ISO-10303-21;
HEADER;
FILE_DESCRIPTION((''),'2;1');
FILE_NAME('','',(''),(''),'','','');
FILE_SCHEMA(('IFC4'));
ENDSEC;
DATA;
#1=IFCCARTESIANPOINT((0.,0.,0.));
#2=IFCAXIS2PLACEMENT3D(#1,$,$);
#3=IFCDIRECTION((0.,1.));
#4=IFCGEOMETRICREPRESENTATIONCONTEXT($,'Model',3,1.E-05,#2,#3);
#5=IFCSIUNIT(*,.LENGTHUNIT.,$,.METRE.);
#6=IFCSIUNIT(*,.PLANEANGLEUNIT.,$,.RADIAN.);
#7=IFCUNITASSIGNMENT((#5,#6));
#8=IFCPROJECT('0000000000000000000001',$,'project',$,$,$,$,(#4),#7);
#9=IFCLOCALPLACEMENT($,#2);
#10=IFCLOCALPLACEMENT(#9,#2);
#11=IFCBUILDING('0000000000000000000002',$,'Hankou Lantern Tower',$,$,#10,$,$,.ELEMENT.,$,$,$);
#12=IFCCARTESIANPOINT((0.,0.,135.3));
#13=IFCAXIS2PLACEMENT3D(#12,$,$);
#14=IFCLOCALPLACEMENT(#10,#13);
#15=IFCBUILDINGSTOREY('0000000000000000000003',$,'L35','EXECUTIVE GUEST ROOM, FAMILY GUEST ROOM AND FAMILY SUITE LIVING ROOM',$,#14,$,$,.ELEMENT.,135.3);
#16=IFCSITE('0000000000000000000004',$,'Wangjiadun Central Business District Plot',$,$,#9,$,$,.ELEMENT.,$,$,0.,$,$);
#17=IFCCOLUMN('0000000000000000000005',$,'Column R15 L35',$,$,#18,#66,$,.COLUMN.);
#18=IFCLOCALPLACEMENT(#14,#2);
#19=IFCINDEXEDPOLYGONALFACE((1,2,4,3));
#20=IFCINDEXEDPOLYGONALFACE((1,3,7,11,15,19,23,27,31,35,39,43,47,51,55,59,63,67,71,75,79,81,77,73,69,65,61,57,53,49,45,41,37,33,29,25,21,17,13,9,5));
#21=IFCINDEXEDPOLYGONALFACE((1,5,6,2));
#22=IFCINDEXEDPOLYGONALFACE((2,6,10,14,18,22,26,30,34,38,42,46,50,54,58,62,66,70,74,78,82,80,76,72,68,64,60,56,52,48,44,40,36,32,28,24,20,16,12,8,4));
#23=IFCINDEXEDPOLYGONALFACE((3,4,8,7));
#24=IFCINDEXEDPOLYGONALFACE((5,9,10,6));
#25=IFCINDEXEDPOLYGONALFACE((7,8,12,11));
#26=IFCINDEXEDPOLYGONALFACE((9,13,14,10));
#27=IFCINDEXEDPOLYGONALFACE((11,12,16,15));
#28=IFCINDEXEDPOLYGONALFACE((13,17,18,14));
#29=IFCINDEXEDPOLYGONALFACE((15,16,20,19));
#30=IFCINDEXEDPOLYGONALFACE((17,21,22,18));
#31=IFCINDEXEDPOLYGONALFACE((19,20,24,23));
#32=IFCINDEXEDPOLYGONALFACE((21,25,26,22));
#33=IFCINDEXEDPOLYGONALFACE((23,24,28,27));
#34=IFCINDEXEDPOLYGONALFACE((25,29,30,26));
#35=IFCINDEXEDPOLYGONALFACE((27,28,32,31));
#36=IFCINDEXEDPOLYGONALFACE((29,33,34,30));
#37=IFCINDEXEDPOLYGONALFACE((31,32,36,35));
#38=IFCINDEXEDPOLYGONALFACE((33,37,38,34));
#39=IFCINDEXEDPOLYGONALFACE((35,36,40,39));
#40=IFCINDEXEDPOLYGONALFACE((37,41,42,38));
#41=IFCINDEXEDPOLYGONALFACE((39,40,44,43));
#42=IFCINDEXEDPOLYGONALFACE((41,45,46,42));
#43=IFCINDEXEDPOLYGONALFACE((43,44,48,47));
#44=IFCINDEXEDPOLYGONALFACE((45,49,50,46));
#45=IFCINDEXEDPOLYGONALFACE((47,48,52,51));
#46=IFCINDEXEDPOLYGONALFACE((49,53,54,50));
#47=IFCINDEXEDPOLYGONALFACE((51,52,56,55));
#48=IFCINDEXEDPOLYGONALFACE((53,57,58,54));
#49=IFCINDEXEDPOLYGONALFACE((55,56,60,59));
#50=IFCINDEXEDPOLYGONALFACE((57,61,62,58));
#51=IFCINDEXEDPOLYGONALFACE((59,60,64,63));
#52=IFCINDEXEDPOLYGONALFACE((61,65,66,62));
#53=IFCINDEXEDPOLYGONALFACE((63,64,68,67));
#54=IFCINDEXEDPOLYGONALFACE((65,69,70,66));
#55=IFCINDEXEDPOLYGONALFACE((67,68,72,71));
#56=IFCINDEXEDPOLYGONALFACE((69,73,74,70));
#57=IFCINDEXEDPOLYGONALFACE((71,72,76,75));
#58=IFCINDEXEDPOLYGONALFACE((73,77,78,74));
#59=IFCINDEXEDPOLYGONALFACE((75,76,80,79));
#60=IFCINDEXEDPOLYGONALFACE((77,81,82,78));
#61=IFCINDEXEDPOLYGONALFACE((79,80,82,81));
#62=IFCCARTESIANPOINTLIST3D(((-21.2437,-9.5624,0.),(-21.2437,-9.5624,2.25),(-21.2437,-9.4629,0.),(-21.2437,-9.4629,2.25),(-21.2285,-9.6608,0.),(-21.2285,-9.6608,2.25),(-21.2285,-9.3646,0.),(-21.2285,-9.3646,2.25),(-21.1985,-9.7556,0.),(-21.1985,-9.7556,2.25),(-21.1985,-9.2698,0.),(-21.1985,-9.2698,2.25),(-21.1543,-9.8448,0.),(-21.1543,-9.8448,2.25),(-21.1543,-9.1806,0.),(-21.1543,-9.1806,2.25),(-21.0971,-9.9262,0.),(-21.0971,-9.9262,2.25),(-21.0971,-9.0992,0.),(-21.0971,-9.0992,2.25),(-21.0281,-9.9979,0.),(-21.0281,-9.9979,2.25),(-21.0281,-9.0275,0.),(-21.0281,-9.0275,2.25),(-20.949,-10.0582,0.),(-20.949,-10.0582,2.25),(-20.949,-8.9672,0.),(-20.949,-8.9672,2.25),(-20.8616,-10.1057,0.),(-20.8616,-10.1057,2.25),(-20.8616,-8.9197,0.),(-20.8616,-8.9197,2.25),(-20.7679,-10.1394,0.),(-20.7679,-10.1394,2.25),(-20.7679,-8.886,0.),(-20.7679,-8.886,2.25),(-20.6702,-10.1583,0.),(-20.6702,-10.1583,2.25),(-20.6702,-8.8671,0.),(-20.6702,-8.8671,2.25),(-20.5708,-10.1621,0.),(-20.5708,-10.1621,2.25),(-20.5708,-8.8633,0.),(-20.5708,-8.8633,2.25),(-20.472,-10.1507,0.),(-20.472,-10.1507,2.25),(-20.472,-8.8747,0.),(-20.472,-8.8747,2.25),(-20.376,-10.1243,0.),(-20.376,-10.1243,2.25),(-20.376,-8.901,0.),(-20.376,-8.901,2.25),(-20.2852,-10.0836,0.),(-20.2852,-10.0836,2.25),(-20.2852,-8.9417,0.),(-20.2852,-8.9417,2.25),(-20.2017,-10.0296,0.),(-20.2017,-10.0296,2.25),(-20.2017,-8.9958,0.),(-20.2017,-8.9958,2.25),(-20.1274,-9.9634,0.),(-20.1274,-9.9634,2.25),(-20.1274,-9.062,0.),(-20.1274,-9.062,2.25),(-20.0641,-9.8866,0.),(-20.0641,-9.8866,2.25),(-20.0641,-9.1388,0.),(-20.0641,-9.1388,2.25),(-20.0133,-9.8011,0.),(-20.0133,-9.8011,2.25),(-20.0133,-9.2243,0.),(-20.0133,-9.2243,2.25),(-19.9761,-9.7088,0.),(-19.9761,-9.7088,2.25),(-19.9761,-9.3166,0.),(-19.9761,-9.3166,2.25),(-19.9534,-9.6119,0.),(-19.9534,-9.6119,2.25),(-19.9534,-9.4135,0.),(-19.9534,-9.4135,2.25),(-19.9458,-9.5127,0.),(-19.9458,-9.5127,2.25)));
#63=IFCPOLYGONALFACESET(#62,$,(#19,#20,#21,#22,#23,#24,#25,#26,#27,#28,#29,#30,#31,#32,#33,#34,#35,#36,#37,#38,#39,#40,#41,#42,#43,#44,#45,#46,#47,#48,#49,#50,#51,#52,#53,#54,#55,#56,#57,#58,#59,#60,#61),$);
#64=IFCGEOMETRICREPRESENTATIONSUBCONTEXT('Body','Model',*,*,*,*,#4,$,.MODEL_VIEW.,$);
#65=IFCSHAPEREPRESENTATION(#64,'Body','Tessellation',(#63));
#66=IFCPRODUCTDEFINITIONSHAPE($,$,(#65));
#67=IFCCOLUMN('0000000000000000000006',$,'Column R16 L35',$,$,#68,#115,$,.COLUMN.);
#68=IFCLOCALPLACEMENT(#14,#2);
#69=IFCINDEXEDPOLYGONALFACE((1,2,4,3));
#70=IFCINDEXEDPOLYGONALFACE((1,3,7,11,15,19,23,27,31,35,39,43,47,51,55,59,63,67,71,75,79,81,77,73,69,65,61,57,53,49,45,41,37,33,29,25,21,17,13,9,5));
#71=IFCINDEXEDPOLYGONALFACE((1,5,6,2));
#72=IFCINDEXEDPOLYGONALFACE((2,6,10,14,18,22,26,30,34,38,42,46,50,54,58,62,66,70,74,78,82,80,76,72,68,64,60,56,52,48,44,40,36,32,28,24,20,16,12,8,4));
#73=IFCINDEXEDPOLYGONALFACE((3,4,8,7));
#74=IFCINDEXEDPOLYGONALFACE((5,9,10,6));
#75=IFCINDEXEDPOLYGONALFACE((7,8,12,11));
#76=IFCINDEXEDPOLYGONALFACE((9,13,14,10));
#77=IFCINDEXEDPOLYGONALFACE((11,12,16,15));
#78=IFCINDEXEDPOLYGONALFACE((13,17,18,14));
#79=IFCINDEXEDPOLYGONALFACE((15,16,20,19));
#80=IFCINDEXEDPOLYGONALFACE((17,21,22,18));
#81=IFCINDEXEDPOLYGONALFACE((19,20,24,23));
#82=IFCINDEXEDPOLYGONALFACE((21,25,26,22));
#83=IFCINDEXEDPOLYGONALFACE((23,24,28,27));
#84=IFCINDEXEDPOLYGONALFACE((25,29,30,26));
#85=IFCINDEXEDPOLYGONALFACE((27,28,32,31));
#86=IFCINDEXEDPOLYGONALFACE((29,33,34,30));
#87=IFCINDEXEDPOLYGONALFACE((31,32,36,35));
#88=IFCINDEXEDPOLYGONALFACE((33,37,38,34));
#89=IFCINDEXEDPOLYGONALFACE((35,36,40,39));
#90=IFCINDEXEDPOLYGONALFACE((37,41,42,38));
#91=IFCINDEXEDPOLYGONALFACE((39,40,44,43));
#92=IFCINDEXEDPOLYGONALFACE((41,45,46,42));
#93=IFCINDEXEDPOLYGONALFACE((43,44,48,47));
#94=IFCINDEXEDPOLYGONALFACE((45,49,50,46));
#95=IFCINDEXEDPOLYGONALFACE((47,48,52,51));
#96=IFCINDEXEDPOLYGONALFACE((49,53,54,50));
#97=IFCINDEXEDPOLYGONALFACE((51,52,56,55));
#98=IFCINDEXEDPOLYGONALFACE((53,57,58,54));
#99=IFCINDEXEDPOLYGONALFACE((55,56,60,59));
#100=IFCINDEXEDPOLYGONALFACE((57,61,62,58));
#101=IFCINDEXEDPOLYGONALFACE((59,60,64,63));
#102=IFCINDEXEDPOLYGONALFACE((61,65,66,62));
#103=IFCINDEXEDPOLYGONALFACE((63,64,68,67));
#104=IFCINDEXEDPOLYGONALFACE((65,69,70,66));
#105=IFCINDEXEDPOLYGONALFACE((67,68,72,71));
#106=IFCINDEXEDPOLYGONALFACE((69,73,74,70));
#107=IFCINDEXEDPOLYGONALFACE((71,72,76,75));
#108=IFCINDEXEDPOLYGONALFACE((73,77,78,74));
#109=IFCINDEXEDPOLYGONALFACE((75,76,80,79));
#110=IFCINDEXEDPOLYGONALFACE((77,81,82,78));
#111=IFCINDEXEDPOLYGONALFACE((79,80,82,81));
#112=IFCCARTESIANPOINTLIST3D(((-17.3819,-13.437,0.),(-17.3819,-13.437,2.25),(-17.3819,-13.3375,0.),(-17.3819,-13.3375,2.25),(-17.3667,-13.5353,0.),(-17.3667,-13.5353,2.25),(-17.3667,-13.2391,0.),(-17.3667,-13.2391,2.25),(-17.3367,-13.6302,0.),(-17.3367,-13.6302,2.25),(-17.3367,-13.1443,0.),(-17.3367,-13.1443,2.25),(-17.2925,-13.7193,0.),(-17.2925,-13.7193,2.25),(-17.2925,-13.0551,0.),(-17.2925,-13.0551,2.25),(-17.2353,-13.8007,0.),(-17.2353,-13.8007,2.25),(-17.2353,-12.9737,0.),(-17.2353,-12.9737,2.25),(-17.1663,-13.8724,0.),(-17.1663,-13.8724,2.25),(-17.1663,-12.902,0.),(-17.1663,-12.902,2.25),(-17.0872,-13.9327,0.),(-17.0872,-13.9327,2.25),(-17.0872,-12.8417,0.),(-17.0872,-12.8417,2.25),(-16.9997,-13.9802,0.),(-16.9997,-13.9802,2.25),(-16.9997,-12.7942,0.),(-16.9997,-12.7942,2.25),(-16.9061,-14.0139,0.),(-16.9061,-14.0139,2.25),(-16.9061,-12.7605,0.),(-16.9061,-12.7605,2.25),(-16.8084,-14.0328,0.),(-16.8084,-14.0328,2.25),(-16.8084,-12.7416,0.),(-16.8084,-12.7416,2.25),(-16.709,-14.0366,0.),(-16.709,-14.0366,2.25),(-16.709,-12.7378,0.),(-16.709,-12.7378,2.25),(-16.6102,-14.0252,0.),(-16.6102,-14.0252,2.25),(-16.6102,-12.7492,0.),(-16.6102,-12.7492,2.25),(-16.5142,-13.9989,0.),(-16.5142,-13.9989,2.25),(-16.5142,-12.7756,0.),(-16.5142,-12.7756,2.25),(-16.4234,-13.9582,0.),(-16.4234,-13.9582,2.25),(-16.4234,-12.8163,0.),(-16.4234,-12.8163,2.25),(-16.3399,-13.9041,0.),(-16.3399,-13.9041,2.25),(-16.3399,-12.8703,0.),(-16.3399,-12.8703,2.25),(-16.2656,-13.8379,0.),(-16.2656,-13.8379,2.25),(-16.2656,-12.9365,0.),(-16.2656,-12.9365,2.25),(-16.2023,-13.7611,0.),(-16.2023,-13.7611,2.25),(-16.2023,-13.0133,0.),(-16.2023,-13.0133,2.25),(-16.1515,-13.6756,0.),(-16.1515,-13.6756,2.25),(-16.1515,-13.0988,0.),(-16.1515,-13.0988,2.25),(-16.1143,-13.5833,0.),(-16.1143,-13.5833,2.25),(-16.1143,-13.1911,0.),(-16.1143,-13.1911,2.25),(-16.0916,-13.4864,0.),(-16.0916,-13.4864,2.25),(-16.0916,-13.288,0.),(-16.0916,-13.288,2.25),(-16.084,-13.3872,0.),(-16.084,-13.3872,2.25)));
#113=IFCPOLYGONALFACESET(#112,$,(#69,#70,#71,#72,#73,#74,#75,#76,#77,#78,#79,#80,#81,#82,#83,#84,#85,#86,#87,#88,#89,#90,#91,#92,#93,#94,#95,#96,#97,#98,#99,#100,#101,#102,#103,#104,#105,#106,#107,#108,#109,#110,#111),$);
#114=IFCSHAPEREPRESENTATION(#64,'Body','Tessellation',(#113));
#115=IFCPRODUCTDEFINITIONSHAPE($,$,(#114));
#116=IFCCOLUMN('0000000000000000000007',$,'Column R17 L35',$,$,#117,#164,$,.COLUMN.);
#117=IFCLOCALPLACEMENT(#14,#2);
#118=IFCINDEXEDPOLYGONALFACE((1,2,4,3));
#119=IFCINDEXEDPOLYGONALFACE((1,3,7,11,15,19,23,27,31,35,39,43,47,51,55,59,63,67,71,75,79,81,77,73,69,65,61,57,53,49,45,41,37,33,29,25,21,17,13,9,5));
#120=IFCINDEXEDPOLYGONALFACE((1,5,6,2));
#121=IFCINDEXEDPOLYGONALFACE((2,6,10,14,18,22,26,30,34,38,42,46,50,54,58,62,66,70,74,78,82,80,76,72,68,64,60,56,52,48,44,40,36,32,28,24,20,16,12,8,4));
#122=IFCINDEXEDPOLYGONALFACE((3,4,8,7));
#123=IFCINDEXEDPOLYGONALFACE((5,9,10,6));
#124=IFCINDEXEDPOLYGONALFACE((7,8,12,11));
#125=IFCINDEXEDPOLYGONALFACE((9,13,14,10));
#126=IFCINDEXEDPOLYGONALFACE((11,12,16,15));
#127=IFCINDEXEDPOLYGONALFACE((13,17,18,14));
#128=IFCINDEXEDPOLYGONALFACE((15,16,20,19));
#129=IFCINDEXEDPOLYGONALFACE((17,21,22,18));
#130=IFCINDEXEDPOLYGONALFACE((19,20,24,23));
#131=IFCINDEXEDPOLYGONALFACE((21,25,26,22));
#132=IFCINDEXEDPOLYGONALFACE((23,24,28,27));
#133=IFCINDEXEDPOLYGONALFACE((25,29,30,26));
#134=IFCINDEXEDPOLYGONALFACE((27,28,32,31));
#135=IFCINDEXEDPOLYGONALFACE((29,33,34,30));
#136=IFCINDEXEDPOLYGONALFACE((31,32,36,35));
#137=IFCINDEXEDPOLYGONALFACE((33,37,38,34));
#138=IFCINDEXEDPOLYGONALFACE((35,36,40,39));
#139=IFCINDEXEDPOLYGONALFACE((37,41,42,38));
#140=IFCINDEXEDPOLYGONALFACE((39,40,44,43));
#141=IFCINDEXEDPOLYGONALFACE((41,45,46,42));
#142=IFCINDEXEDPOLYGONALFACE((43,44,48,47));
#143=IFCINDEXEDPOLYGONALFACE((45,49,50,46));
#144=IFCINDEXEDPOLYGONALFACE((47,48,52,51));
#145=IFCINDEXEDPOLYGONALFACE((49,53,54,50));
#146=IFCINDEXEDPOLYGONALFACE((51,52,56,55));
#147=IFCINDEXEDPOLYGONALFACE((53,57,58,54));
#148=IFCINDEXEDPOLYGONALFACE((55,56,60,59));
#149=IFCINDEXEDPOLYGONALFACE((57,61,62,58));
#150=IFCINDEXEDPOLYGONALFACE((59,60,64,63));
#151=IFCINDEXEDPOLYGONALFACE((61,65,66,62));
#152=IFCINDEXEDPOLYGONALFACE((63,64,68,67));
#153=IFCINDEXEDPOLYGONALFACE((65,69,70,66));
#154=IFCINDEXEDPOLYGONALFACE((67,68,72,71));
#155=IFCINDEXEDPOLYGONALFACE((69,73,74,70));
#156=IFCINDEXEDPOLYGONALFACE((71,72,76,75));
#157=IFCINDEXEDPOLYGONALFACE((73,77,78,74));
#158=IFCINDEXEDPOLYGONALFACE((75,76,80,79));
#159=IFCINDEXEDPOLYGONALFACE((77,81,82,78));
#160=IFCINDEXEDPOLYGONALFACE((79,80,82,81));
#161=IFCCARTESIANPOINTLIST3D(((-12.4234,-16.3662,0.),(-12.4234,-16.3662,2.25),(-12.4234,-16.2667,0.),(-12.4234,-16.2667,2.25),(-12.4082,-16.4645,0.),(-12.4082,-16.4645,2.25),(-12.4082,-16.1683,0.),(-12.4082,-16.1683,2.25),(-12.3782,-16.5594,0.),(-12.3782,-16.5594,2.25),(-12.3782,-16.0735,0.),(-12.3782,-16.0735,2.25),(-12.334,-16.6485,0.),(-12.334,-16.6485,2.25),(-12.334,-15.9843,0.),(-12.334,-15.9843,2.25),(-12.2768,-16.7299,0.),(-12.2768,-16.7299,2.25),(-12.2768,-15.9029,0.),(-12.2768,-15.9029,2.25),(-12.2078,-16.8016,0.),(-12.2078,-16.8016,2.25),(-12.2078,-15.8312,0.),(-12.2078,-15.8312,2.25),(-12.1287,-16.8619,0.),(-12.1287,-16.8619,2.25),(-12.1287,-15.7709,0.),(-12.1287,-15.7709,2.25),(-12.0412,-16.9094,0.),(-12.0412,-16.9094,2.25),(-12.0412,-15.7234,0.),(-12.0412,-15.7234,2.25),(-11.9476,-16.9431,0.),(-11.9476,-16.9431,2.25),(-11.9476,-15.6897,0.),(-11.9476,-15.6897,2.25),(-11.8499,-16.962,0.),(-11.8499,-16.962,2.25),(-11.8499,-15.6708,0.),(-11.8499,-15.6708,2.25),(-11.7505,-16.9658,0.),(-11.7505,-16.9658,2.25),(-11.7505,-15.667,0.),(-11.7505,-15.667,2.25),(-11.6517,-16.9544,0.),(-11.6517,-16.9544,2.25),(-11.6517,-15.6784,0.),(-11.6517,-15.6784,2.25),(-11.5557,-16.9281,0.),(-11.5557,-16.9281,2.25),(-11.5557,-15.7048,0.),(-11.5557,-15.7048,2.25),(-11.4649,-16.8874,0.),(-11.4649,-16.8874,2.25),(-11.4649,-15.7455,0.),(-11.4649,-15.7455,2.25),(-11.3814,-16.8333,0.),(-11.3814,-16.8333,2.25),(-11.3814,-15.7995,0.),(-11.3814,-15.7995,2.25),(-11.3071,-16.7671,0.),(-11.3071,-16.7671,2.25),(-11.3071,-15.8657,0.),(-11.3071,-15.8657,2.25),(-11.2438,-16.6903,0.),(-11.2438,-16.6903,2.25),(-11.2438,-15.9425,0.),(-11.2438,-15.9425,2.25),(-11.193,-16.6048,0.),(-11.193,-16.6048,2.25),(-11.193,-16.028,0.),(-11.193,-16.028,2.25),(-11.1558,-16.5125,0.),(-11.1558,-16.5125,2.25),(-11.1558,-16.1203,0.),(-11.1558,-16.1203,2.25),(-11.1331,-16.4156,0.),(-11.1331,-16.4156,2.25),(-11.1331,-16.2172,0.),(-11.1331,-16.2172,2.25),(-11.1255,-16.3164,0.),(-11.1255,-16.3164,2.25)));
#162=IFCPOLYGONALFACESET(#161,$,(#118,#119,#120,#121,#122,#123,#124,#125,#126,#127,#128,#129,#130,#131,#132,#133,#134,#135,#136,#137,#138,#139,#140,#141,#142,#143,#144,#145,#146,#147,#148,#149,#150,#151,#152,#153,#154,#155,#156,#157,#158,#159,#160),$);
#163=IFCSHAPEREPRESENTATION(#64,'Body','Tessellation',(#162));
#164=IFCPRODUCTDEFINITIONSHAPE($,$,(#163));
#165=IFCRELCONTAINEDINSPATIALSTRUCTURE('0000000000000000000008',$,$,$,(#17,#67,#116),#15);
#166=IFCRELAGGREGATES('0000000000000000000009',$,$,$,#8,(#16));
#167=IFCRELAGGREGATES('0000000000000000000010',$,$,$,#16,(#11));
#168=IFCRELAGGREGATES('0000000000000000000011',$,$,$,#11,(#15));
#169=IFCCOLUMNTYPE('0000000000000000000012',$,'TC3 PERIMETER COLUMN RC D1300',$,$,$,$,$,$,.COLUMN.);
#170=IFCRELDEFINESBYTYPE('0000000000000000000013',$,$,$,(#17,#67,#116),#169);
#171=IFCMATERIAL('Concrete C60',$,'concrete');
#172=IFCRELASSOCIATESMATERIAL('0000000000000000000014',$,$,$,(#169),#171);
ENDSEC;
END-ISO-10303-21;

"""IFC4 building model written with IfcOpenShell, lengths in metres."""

from ifc_helpers import new_model, si_unit, direction, frame, origin, origin_2d, place, context, subcontext, project, spatial, circle, extrude, clip, halfspace, material, material_profile, profile_set, type_object, element, save


model = new_model("IFC4")

# Units and contexts
model_context = context("Model", 3, precision=1e-05, world=origin(), true_north=direction((0.0, 1.0)))
body_context = subcontext(model_context, "Body", "Model", "MODEL_VIEW")
ifc_project = project(units=[si_unit("LENGTHUNIT", "METRE"), si_unit("PLANEANGLEUNIT", "RADIAN")], contexts=[model_context])

# Site, building, storey
site_placement = place(None, origin())
site = spatial("IfcSite", under=ifc_project, at=site_placement, Name="Wangjiadun Central Business District Plot", CompositionType="ELEMENT", RefElevation=0.0)
building_placement = place(site_placement, origin())
building = spatial("IfcBuilding", under=site, at=building_placement, Name="Hankou Lantern Tower", CompositionType="ELEMENT")
storey_placement = place(building_placement, frame((0.0, 0.0, 135.3)))
storey = spatial("IfcBuildingStorey", under=building, at=storey_placement, Name="L35", Description="EXECUTIVE GUEST ROOM, FAMILY GUEST ROOM AND FAMILY SUITE LIVING ROOM", CompositionType="ELEMENT", Elevation=135.3)

# Columns
ifc_material_1 = material(Name="Concrete C60", Category="concrete")
ifc_material_profile_1 = material_profile(ifc_material_1, circle(Radius=0.6499, at=origin_2d()), Name="RC D1300")
ifc_profile_set_1 = profile_set([ifc_material_profile_1], Name="Concrete C60")
column_type = type_object("IfcColumnType", Name="TC3 PERIMETER COLUMN RC D1300", PredefinedType="COLUMN", material=ifc_profile_set_1)
for number, where, z_axis, x_axis, name in (
    (1, (-20.5957, -9.5127, 0.0), (0.0, 0.0, 1.0), (1.0, 0.0, 0.0), "Column R15 L35"),
    (2, (-16.7339, -13.3872, 0.0), (0.0, 0.0, 1.0), (1.0, 0.0, 0.0), "Column R16 L35"),
    (3, (-11.7754, -16.3164, 0.0), (0.0, 0.0, 1.0), (1.0, 0.0, 0.0), "Column R17 L35"),
):
    element("IfcColumn", number, at=place(storey_placement, frame(where, z_axis=z_axis, x_axis=x_axis)), inside=storey, type_object=column_type, Name=name, PredefinedType="COLUMN", context=body_context, shape_type="Clipping", body=[
        clip(extrude(circle(Radius=0.6499, at=origin_2d()), origin(), (0.0, 0.0, 1.0), 3.3), halfspace(frame((0.0, 0.0, 2.25), z_axis=(0.0, 0.0, 1.0), x_axis=(1.0, 0.0, 0.0)), False)),
    ])

save(model, "model.ifc")
